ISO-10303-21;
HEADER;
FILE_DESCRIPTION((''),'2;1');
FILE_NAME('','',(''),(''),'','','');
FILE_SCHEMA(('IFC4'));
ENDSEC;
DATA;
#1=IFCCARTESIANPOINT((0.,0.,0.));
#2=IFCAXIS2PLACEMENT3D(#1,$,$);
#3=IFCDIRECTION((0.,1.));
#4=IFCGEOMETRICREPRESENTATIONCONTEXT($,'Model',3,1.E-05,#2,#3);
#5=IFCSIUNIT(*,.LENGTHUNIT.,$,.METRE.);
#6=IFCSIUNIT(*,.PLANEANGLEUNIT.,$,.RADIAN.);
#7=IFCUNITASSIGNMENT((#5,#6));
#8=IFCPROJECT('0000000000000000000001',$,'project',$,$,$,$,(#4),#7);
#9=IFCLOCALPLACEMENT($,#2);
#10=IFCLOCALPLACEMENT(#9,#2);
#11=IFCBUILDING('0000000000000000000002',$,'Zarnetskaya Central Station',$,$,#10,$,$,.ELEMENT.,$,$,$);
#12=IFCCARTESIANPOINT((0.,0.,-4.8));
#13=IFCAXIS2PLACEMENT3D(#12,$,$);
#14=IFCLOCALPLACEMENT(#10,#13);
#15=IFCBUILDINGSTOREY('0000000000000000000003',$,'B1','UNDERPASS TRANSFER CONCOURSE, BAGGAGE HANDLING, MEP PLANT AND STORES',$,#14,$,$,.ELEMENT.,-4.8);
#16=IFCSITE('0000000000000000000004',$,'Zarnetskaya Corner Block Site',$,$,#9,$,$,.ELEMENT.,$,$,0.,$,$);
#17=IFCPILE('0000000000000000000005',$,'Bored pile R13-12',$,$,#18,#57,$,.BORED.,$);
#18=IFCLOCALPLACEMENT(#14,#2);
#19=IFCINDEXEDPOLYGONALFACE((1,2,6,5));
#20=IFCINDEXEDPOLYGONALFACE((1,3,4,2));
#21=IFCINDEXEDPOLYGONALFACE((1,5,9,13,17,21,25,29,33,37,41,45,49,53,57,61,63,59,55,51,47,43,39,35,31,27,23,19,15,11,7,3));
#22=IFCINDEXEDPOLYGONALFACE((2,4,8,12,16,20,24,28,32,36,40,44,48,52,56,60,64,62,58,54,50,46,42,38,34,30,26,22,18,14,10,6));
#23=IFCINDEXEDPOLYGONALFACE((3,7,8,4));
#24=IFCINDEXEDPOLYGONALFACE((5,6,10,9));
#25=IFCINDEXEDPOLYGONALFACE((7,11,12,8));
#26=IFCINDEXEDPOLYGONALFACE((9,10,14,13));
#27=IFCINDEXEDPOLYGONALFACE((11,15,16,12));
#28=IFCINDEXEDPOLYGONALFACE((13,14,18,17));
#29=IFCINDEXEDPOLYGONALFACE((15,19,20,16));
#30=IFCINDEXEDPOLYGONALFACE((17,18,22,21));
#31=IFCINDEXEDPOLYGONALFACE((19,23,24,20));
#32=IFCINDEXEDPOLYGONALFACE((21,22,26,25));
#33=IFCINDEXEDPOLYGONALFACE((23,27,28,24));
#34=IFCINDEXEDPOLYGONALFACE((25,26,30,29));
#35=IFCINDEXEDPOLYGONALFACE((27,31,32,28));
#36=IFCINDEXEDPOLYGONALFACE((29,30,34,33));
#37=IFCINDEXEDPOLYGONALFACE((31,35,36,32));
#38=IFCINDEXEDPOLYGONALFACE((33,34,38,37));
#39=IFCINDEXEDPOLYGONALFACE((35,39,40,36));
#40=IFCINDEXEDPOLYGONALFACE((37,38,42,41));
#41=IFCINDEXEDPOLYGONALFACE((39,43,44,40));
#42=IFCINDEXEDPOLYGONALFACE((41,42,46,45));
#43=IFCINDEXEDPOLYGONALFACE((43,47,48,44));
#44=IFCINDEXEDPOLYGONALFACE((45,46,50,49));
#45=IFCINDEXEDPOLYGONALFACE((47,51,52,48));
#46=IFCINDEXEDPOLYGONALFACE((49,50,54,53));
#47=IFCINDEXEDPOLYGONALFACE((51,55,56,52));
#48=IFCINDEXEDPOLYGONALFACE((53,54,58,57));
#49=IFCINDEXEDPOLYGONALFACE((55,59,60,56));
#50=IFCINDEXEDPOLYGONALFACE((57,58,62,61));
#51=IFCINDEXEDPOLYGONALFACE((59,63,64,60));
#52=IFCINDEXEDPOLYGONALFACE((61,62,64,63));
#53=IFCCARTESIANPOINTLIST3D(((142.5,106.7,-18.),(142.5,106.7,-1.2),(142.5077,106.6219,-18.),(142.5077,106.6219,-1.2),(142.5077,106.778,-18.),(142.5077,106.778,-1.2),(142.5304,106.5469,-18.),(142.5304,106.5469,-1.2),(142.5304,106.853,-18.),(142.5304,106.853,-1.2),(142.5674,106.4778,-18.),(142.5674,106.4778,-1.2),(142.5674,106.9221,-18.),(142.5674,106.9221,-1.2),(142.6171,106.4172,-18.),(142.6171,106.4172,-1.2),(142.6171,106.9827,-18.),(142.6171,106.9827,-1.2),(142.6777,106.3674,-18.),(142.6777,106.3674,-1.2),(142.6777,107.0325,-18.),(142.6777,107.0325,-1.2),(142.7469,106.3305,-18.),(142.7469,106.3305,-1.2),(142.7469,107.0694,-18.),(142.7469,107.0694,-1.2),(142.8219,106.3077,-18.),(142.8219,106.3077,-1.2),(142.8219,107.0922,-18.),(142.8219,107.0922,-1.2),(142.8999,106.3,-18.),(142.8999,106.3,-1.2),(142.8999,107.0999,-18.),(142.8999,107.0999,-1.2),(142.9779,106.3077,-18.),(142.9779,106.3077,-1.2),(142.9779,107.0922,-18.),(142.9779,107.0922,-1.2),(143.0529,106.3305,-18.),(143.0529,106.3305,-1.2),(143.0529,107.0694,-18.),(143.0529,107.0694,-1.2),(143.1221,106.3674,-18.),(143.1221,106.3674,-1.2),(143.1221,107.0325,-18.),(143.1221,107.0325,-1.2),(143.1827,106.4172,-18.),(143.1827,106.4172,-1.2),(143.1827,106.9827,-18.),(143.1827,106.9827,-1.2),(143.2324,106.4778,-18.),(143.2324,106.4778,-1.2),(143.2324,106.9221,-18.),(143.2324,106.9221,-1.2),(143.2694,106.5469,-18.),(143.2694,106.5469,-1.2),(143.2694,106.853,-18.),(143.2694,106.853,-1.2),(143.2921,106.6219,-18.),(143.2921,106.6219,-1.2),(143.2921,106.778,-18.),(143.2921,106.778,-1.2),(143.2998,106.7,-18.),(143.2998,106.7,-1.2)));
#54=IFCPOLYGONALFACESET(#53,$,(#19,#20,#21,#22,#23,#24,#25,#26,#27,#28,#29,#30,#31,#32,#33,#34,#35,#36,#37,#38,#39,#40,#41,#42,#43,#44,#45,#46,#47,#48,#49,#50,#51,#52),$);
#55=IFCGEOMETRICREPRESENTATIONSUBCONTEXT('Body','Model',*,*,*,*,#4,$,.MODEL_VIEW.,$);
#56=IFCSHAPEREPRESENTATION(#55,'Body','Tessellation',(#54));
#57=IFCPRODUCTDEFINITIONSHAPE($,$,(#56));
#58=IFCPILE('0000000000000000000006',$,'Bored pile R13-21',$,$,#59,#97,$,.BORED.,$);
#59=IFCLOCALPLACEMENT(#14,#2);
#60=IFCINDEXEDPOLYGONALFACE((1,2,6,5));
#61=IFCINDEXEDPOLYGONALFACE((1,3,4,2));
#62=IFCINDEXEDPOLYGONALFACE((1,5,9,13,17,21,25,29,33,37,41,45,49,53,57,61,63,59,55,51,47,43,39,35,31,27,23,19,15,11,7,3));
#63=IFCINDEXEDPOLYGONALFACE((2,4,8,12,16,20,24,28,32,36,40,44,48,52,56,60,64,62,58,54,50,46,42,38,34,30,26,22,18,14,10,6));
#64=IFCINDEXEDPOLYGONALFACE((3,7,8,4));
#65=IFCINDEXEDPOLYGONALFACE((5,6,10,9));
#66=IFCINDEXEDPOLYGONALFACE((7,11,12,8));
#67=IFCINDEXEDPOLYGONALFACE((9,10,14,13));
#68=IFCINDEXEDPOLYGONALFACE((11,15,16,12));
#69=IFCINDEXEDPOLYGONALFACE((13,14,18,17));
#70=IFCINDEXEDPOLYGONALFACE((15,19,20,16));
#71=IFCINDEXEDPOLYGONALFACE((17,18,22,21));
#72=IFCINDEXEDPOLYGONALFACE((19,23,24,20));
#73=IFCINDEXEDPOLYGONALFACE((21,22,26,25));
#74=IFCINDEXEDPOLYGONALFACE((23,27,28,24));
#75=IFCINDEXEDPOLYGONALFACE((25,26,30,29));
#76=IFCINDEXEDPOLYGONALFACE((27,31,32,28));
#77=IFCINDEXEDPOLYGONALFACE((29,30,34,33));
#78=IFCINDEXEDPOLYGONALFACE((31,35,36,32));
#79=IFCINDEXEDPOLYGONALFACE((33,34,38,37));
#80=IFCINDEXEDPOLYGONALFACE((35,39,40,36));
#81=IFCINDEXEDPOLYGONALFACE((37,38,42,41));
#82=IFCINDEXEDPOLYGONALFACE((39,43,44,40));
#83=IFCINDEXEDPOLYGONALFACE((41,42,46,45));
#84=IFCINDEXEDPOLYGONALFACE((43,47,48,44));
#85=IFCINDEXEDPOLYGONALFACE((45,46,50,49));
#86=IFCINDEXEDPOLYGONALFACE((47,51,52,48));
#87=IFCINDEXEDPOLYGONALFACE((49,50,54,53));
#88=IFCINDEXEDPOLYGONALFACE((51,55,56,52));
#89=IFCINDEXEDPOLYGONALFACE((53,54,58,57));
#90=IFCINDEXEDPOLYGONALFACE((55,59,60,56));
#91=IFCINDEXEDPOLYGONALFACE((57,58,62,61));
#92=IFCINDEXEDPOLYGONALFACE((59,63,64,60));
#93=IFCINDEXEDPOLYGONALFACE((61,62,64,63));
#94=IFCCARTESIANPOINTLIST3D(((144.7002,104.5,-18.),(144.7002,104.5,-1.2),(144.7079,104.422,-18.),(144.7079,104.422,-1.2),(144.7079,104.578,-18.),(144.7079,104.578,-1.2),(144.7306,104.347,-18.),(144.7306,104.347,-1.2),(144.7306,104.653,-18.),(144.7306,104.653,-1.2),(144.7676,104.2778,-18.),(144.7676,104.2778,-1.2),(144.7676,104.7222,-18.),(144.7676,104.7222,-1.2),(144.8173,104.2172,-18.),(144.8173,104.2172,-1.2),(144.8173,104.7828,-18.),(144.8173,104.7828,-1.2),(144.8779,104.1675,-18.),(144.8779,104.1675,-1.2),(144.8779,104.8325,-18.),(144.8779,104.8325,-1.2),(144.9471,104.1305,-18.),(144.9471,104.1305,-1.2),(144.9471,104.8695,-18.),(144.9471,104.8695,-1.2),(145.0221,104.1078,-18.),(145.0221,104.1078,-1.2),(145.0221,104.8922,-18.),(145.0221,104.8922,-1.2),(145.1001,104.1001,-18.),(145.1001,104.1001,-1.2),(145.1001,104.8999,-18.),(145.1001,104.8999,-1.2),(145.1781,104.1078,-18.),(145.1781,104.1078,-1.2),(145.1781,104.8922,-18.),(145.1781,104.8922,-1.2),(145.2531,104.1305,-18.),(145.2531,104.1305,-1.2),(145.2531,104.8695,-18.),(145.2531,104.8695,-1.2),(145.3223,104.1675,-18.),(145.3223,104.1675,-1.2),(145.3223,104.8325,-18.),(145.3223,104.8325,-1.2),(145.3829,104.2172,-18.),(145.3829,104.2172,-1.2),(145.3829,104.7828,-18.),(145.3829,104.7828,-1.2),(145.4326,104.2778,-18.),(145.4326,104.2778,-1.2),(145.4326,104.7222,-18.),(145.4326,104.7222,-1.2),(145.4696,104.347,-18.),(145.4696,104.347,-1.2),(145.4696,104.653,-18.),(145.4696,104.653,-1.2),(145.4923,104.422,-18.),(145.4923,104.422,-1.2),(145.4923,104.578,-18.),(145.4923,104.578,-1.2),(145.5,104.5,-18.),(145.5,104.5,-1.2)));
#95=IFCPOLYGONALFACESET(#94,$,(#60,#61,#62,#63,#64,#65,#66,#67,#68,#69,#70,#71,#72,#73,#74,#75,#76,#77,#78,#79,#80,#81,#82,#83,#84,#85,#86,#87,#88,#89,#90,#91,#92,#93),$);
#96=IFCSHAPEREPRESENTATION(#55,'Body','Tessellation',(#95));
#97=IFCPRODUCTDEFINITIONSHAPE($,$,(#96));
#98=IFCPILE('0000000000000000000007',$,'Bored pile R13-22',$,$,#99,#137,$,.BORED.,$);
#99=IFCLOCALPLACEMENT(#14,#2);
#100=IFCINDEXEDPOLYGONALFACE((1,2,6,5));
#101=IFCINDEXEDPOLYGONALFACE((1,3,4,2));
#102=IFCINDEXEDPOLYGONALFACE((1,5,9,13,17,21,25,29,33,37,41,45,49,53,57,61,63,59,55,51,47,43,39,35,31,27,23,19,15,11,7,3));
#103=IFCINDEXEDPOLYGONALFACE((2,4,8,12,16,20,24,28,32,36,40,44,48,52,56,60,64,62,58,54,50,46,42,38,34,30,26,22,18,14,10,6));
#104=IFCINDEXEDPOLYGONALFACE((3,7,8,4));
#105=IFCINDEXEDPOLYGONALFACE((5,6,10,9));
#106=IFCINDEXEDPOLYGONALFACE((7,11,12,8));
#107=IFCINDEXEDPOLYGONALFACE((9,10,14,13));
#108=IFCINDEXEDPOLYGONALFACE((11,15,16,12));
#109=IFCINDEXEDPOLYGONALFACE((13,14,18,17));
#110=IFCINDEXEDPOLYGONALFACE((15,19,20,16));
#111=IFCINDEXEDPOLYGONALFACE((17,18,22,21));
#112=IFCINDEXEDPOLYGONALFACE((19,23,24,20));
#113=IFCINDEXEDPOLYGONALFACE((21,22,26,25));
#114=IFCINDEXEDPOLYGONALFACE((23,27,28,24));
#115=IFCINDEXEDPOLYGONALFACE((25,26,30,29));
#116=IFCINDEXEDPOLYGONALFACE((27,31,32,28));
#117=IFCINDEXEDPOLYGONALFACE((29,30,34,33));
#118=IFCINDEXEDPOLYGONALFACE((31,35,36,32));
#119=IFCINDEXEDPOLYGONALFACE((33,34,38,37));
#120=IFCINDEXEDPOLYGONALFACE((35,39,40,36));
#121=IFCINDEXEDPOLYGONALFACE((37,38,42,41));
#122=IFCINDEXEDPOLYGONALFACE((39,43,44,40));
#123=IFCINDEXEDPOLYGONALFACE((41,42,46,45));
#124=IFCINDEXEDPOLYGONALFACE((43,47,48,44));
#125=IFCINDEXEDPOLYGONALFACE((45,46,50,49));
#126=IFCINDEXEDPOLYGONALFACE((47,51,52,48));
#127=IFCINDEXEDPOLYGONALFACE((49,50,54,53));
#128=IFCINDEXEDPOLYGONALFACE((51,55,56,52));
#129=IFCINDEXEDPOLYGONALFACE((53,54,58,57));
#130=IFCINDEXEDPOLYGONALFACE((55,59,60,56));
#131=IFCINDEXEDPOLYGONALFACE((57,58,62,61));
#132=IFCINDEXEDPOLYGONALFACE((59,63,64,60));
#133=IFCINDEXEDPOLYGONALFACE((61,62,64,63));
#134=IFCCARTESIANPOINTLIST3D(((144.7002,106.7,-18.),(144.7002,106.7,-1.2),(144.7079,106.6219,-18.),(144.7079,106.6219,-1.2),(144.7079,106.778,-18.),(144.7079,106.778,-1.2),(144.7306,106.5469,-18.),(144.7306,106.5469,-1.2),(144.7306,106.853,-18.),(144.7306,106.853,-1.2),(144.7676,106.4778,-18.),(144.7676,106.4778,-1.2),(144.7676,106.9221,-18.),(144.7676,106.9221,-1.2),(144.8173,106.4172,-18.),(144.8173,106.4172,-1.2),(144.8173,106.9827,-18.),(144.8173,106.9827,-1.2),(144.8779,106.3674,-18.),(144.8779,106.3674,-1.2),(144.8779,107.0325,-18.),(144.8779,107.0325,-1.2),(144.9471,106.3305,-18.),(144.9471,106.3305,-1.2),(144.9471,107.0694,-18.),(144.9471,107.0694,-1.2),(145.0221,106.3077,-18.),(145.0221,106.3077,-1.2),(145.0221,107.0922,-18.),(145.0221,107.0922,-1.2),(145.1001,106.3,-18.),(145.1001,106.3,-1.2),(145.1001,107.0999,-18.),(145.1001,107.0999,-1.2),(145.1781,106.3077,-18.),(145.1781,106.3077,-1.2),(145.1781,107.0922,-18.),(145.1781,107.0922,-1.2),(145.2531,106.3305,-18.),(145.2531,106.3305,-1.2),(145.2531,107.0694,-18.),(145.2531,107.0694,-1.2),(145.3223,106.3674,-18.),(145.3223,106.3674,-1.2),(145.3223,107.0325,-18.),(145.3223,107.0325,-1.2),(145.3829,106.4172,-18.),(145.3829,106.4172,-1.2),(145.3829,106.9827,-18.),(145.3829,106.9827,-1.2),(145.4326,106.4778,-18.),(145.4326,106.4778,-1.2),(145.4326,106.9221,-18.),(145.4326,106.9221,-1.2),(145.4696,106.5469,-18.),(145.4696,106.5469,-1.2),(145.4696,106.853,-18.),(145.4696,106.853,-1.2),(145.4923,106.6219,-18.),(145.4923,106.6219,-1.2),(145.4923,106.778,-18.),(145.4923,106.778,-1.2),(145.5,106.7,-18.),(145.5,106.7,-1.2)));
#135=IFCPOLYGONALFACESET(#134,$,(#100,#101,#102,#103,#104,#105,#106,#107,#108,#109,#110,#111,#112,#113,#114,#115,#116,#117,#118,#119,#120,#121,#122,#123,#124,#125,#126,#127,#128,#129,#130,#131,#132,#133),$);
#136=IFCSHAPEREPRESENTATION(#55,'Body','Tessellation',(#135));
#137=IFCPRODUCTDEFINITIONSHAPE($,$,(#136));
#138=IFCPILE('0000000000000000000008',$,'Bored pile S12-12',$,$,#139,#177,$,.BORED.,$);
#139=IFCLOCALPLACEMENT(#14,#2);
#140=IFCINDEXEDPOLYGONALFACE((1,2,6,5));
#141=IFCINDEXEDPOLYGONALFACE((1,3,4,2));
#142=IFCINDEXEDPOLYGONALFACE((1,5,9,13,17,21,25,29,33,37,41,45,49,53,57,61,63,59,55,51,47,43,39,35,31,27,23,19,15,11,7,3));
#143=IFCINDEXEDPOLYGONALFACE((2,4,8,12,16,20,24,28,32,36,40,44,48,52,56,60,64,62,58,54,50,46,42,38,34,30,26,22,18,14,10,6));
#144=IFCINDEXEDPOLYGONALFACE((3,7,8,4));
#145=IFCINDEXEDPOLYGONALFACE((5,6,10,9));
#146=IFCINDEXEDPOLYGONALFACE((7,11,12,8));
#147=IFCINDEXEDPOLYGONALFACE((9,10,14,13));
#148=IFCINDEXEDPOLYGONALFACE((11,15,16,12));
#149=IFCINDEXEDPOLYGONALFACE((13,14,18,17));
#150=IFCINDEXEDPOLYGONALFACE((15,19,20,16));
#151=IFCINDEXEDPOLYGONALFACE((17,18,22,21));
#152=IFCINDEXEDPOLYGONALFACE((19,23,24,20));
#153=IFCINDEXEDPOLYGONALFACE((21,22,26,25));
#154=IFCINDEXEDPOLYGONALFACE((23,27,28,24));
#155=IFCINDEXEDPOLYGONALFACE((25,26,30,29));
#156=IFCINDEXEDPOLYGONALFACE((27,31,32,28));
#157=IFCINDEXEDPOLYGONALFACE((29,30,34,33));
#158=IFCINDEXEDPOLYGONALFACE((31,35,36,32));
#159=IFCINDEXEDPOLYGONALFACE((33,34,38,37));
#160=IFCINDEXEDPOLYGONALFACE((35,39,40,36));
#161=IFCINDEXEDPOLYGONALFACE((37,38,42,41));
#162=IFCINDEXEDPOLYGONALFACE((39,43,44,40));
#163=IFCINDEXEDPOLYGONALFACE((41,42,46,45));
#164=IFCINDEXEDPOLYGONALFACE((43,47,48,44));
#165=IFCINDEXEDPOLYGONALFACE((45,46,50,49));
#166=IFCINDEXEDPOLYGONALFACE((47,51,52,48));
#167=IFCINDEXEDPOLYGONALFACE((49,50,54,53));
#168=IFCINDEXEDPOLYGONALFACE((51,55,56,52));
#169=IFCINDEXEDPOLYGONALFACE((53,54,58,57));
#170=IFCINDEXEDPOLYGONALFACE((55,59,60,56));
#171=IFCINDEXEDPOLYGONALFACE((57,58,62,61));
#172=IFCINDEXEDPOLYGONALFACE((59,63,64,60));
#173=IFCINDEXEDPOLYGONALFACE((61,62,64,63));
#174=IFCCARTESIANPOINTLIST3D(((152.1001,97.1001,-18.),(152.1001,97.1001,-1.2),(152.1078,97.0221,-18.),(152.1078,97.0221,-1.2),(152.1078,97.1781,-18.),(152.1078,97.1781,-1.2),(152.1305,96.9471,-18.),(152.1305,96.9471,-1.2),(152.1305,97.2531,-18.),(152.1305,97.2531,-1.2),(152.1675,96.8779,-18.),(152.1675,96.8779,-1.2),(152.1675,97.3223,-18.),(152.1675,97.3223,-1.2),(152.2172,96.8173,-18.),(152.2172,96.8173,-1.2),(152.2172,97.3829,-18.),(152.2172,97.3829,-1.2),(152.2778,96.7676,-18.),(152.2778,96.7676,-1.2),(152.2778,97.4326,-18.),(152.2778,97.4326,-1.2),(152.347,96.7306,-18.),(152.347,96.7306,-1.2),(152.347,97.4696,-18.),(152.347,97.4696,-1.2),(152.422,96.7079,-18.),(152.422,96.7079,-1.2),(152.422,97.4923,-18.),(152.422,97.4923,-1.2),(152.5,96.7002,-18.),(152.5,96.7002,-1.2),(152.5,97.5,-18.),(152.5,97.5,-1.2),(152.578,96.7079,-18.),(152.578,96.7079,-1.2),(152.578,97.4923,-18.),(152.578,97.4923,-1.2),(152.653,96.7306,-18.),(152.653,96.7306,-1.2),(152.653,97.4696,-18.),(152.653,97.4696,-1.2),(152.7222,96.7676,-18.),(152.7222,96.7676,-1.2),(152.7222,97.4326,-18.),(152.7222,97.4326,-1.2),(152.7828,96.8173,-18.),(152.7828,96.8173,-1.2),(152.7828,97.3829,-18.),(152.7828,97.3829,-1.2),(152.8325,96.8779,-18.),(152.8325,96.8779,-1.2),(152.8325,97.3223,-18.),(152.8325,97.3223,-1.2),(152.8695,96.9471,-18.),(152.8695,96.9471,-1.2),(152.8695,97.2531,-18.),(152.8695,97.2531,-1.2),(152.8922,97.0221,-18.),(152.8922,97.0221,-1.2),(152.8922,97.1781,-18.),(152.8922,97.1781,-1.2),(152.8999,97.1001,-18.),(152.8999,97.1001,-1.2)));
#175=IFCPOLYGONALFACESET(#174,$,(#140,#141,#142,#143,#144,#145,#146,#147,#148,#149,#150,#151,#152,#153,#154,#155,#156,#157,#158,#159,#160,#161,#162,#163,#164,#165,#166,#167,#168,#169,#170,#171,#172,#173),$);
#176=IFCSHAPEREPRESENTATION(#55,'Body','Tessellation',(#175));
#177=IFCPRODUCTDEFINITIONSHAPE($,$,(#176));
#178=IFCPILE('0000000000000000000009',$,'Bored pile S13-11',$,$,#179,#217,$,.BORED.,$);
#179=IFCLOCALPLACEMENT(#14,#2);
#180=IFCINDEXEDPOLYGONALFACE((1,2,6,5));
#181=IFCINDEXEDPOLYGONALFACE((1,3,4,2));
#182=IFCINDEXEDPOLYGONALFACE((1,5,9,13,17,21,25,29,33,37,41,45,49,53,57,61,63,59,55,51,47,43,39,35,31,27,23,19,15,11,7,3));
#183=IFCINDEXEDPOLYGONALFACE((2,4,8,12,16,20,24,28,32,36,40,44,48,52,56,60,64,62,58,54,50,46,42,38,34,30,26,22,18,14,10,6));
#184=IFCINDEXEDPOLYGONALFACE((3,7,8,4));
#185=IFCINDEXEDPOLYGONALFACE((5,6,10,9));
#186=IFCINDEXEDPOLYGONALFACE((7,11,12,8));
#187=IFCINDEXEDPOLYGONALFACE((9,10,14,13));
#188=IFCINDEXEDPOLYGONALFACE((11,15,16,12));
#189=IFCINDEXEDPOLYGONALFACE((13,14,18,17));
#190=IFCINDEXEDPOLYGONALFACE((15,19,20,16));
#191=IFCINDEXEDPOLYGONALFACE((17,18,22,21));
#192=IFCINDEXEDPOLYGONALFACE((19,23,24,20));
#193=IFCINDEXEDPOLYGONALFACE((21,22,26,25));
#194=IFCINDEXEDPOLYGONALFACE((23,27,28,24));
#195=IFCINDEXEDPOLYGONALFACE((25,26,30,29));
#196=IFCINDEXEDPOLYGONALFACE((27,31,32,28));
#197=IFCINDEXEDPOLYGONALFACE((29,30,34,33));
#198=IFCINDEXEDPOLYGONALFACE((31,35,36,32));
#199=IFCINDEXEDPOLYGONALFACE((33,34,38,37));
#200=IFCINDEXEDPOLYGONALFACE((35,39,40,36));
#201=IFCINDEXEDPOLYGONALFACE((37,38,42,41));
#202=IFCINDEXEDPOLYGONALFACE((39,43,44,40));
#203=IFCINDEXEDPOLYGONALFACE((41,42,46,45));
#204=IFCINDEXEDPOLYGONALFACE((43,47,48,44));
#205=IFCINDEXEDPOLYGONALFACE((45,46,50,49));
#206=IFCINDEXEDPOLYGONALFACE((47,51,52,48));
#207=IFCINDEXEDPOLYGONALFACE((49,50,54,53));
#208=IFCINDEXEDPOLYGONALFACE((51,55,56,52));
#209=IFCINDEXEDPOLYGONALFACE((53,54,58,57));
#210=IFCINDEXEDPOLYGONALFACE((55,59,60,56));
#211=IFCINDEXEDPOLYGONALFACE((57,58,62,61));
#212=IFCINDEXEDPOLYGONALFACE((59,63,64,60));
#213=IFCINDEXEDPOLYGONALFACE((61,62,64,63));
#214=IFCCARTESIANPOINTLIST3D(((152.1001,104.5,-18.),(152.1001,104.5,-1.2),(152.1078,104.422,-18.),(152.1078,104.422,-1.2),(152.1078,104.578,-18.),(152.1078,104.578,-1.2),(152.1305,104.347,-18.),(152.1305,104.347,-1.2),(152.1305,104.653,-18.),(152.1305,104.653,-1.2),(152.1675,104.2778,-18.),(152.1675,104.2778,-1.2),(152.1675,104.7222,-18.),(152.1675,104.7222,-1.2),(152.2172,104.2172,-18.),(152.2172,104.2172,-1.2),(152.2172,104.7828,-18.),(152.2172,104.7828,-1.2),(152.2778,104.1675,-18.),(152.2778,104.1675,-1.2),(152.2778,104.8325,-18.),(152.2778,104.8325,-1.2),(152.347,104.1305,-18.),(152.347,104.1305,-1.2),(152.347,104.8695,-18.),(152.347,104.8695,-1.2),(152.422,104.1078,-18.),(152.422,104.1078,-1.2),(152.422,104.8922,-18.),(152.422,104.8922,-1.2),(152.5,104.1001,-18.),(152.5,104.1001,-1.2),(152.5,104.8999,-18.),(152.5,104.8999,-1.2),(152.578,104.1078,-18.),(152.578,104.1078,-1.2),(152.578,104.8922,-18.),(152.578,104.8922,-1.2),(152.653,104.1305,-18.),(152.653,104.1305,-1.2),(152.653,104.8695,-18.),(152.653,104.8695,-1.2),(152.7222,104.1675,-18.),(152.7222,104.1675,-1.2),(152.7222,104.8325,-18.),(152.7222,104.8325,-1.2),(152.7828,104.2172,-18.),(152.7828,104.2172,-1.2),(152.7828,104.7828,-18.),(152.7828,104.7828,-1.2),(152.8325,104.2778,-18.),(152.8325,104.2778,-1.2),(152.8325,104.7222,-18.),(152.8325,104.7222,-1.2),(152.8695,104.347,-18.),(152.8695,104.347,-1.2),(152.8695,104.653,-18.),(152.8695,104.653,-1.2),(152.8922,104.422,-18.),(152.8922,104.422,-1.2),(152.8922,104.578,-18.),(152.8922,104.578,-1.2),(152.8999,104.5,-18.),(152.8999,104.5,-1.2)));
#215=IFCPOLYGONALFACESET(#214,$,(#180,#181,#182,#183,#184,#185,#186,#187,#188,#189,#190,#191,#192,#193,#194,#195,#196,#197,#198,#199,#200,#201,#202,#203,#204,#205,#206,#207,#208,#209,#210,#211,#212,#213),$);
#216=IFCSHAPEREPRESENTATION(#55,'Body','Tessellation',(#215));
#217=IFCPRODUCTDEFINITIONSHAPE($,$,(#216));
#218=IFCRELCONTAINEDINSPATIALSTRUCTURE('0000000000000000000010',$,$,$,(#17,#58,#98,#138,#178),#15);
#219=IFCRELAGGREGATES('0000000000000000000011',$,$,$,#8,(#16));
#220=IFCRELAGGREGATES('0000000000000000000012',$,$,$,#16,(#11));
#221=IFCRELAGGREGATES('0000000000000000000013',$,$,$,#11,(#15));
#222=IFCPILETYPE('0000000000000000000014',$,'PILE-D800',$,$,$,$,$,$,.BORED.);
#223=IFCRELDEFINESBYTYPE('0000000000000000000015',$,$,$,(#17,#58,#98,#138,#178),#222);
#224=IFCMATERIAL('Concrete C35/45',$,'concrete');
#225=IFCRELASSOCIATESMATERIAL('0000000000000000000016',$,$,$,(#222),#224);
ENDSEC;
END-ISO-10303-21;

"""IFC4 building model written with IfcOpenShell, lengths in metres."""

from ifc_helpers import new_model, si_unit, direction, frame, origin, origin_2d, place, context, subcontext, project, spatial, circle, extrude, material, material_profile, profile_set, type_object, element, save


model = new_model("IFC4")

# Units and contexts
model_context = context("Model", 3, precision=1e-05, world=origin(), true_north=direction((0.0, 1.0)))
body_context = subcontext(model_context, "Body", "Model", "MODEL_VIEW")
ifc_project = project(units=[si_unit("LENGTHUNIT", "METRE"), si_unit("PLANEANGLEUNIT", "RADIAN")], contexts=[model_context])

# Site, building, storey
site_placement = place(None, origin())
site = spatial("IfcSite", under=ifc_project, at=site_placement, Name="Zarnetskaya Corner Block Site", CompositionType="ELEMENT", RefElevation=0.0)
building_placement = place(site_placement, origin())
building = spatial("IfcBuilding", under=site, at=building_placement, Name="Zarnetskaya Central Station", CompositionType="ELEMENT")
storey_placement = place(building_placement, frame((0.0, 0.0, -4.8)))
storey = spatial("IfcBuildingStorey", under=building, at=storey_placement, Name="B1", Description="UNDERPASS TRANSFER CONCOURSE, BAGGAGE HANDLING, MEP PLANT AND STORES", CompositionType="ELEMENT", Elevation=-4.8)

# Shared definitions
ifc_material = material(Name="Concrete C35/45", Category="concrete")

# Piles
ifc_material_profile_1 = material_profile(ifc_material, circle(Radius=0.3999, at=origin_2d()), Name="BORED PILE D800")
ifc_profile_set_1 = profile_set([ifc_material_profile_1], Name="Concrete C35/45")
pile_type = type_object("IfcPileType", Name="PILE-D800", PredefinedType="BORED", material=ifc_profile_set_1)
for number, where, z_axis, x_axis, name in (
    (1, (142.8999, 106.7, -1.2), (0.0, 0.0, -1.0), (1.0, 0.0, 0.0), "Bored pile R13-12"),
    (2, (145.1001, 104.5, -1.2), (0.0, 0.0, -1.0), (1.0, 0.0, 0.0), "Bored pile R13-21"),
    (3, (145.1001, 106.7, -1.2), (0.0, 0.0, -1.0), (1.0, 0.0, 0.0), "Bored pile R13-22"),
    (4, (152.5, 97.1001, -1.2), (0.0, 0.0, -1.0), (1.0, 0.0, 0.0), "Bored pile S12-12"),
    (5, (152.5, 104.5, -1.2), (0.0, 0.0, -1.0), (1.0, 0.0, 0.0), "Bored pile S13-11"),
):
    element("IfcPile", number, at=place(storey_placement, frame(where, z_axis=z_axis, x_axis=x_axis)), inside=storey, type_object=pile_type, Name=name, PredefinedType="BORED", context=body_context, shape_type="SweptSolid", body=[
        extrude(circle(Radius=0.3999, at=origin_2d()), origin(), (0.0, 0.0, 1.0), 16.8),
    ])

save(model, "model.ifc")
